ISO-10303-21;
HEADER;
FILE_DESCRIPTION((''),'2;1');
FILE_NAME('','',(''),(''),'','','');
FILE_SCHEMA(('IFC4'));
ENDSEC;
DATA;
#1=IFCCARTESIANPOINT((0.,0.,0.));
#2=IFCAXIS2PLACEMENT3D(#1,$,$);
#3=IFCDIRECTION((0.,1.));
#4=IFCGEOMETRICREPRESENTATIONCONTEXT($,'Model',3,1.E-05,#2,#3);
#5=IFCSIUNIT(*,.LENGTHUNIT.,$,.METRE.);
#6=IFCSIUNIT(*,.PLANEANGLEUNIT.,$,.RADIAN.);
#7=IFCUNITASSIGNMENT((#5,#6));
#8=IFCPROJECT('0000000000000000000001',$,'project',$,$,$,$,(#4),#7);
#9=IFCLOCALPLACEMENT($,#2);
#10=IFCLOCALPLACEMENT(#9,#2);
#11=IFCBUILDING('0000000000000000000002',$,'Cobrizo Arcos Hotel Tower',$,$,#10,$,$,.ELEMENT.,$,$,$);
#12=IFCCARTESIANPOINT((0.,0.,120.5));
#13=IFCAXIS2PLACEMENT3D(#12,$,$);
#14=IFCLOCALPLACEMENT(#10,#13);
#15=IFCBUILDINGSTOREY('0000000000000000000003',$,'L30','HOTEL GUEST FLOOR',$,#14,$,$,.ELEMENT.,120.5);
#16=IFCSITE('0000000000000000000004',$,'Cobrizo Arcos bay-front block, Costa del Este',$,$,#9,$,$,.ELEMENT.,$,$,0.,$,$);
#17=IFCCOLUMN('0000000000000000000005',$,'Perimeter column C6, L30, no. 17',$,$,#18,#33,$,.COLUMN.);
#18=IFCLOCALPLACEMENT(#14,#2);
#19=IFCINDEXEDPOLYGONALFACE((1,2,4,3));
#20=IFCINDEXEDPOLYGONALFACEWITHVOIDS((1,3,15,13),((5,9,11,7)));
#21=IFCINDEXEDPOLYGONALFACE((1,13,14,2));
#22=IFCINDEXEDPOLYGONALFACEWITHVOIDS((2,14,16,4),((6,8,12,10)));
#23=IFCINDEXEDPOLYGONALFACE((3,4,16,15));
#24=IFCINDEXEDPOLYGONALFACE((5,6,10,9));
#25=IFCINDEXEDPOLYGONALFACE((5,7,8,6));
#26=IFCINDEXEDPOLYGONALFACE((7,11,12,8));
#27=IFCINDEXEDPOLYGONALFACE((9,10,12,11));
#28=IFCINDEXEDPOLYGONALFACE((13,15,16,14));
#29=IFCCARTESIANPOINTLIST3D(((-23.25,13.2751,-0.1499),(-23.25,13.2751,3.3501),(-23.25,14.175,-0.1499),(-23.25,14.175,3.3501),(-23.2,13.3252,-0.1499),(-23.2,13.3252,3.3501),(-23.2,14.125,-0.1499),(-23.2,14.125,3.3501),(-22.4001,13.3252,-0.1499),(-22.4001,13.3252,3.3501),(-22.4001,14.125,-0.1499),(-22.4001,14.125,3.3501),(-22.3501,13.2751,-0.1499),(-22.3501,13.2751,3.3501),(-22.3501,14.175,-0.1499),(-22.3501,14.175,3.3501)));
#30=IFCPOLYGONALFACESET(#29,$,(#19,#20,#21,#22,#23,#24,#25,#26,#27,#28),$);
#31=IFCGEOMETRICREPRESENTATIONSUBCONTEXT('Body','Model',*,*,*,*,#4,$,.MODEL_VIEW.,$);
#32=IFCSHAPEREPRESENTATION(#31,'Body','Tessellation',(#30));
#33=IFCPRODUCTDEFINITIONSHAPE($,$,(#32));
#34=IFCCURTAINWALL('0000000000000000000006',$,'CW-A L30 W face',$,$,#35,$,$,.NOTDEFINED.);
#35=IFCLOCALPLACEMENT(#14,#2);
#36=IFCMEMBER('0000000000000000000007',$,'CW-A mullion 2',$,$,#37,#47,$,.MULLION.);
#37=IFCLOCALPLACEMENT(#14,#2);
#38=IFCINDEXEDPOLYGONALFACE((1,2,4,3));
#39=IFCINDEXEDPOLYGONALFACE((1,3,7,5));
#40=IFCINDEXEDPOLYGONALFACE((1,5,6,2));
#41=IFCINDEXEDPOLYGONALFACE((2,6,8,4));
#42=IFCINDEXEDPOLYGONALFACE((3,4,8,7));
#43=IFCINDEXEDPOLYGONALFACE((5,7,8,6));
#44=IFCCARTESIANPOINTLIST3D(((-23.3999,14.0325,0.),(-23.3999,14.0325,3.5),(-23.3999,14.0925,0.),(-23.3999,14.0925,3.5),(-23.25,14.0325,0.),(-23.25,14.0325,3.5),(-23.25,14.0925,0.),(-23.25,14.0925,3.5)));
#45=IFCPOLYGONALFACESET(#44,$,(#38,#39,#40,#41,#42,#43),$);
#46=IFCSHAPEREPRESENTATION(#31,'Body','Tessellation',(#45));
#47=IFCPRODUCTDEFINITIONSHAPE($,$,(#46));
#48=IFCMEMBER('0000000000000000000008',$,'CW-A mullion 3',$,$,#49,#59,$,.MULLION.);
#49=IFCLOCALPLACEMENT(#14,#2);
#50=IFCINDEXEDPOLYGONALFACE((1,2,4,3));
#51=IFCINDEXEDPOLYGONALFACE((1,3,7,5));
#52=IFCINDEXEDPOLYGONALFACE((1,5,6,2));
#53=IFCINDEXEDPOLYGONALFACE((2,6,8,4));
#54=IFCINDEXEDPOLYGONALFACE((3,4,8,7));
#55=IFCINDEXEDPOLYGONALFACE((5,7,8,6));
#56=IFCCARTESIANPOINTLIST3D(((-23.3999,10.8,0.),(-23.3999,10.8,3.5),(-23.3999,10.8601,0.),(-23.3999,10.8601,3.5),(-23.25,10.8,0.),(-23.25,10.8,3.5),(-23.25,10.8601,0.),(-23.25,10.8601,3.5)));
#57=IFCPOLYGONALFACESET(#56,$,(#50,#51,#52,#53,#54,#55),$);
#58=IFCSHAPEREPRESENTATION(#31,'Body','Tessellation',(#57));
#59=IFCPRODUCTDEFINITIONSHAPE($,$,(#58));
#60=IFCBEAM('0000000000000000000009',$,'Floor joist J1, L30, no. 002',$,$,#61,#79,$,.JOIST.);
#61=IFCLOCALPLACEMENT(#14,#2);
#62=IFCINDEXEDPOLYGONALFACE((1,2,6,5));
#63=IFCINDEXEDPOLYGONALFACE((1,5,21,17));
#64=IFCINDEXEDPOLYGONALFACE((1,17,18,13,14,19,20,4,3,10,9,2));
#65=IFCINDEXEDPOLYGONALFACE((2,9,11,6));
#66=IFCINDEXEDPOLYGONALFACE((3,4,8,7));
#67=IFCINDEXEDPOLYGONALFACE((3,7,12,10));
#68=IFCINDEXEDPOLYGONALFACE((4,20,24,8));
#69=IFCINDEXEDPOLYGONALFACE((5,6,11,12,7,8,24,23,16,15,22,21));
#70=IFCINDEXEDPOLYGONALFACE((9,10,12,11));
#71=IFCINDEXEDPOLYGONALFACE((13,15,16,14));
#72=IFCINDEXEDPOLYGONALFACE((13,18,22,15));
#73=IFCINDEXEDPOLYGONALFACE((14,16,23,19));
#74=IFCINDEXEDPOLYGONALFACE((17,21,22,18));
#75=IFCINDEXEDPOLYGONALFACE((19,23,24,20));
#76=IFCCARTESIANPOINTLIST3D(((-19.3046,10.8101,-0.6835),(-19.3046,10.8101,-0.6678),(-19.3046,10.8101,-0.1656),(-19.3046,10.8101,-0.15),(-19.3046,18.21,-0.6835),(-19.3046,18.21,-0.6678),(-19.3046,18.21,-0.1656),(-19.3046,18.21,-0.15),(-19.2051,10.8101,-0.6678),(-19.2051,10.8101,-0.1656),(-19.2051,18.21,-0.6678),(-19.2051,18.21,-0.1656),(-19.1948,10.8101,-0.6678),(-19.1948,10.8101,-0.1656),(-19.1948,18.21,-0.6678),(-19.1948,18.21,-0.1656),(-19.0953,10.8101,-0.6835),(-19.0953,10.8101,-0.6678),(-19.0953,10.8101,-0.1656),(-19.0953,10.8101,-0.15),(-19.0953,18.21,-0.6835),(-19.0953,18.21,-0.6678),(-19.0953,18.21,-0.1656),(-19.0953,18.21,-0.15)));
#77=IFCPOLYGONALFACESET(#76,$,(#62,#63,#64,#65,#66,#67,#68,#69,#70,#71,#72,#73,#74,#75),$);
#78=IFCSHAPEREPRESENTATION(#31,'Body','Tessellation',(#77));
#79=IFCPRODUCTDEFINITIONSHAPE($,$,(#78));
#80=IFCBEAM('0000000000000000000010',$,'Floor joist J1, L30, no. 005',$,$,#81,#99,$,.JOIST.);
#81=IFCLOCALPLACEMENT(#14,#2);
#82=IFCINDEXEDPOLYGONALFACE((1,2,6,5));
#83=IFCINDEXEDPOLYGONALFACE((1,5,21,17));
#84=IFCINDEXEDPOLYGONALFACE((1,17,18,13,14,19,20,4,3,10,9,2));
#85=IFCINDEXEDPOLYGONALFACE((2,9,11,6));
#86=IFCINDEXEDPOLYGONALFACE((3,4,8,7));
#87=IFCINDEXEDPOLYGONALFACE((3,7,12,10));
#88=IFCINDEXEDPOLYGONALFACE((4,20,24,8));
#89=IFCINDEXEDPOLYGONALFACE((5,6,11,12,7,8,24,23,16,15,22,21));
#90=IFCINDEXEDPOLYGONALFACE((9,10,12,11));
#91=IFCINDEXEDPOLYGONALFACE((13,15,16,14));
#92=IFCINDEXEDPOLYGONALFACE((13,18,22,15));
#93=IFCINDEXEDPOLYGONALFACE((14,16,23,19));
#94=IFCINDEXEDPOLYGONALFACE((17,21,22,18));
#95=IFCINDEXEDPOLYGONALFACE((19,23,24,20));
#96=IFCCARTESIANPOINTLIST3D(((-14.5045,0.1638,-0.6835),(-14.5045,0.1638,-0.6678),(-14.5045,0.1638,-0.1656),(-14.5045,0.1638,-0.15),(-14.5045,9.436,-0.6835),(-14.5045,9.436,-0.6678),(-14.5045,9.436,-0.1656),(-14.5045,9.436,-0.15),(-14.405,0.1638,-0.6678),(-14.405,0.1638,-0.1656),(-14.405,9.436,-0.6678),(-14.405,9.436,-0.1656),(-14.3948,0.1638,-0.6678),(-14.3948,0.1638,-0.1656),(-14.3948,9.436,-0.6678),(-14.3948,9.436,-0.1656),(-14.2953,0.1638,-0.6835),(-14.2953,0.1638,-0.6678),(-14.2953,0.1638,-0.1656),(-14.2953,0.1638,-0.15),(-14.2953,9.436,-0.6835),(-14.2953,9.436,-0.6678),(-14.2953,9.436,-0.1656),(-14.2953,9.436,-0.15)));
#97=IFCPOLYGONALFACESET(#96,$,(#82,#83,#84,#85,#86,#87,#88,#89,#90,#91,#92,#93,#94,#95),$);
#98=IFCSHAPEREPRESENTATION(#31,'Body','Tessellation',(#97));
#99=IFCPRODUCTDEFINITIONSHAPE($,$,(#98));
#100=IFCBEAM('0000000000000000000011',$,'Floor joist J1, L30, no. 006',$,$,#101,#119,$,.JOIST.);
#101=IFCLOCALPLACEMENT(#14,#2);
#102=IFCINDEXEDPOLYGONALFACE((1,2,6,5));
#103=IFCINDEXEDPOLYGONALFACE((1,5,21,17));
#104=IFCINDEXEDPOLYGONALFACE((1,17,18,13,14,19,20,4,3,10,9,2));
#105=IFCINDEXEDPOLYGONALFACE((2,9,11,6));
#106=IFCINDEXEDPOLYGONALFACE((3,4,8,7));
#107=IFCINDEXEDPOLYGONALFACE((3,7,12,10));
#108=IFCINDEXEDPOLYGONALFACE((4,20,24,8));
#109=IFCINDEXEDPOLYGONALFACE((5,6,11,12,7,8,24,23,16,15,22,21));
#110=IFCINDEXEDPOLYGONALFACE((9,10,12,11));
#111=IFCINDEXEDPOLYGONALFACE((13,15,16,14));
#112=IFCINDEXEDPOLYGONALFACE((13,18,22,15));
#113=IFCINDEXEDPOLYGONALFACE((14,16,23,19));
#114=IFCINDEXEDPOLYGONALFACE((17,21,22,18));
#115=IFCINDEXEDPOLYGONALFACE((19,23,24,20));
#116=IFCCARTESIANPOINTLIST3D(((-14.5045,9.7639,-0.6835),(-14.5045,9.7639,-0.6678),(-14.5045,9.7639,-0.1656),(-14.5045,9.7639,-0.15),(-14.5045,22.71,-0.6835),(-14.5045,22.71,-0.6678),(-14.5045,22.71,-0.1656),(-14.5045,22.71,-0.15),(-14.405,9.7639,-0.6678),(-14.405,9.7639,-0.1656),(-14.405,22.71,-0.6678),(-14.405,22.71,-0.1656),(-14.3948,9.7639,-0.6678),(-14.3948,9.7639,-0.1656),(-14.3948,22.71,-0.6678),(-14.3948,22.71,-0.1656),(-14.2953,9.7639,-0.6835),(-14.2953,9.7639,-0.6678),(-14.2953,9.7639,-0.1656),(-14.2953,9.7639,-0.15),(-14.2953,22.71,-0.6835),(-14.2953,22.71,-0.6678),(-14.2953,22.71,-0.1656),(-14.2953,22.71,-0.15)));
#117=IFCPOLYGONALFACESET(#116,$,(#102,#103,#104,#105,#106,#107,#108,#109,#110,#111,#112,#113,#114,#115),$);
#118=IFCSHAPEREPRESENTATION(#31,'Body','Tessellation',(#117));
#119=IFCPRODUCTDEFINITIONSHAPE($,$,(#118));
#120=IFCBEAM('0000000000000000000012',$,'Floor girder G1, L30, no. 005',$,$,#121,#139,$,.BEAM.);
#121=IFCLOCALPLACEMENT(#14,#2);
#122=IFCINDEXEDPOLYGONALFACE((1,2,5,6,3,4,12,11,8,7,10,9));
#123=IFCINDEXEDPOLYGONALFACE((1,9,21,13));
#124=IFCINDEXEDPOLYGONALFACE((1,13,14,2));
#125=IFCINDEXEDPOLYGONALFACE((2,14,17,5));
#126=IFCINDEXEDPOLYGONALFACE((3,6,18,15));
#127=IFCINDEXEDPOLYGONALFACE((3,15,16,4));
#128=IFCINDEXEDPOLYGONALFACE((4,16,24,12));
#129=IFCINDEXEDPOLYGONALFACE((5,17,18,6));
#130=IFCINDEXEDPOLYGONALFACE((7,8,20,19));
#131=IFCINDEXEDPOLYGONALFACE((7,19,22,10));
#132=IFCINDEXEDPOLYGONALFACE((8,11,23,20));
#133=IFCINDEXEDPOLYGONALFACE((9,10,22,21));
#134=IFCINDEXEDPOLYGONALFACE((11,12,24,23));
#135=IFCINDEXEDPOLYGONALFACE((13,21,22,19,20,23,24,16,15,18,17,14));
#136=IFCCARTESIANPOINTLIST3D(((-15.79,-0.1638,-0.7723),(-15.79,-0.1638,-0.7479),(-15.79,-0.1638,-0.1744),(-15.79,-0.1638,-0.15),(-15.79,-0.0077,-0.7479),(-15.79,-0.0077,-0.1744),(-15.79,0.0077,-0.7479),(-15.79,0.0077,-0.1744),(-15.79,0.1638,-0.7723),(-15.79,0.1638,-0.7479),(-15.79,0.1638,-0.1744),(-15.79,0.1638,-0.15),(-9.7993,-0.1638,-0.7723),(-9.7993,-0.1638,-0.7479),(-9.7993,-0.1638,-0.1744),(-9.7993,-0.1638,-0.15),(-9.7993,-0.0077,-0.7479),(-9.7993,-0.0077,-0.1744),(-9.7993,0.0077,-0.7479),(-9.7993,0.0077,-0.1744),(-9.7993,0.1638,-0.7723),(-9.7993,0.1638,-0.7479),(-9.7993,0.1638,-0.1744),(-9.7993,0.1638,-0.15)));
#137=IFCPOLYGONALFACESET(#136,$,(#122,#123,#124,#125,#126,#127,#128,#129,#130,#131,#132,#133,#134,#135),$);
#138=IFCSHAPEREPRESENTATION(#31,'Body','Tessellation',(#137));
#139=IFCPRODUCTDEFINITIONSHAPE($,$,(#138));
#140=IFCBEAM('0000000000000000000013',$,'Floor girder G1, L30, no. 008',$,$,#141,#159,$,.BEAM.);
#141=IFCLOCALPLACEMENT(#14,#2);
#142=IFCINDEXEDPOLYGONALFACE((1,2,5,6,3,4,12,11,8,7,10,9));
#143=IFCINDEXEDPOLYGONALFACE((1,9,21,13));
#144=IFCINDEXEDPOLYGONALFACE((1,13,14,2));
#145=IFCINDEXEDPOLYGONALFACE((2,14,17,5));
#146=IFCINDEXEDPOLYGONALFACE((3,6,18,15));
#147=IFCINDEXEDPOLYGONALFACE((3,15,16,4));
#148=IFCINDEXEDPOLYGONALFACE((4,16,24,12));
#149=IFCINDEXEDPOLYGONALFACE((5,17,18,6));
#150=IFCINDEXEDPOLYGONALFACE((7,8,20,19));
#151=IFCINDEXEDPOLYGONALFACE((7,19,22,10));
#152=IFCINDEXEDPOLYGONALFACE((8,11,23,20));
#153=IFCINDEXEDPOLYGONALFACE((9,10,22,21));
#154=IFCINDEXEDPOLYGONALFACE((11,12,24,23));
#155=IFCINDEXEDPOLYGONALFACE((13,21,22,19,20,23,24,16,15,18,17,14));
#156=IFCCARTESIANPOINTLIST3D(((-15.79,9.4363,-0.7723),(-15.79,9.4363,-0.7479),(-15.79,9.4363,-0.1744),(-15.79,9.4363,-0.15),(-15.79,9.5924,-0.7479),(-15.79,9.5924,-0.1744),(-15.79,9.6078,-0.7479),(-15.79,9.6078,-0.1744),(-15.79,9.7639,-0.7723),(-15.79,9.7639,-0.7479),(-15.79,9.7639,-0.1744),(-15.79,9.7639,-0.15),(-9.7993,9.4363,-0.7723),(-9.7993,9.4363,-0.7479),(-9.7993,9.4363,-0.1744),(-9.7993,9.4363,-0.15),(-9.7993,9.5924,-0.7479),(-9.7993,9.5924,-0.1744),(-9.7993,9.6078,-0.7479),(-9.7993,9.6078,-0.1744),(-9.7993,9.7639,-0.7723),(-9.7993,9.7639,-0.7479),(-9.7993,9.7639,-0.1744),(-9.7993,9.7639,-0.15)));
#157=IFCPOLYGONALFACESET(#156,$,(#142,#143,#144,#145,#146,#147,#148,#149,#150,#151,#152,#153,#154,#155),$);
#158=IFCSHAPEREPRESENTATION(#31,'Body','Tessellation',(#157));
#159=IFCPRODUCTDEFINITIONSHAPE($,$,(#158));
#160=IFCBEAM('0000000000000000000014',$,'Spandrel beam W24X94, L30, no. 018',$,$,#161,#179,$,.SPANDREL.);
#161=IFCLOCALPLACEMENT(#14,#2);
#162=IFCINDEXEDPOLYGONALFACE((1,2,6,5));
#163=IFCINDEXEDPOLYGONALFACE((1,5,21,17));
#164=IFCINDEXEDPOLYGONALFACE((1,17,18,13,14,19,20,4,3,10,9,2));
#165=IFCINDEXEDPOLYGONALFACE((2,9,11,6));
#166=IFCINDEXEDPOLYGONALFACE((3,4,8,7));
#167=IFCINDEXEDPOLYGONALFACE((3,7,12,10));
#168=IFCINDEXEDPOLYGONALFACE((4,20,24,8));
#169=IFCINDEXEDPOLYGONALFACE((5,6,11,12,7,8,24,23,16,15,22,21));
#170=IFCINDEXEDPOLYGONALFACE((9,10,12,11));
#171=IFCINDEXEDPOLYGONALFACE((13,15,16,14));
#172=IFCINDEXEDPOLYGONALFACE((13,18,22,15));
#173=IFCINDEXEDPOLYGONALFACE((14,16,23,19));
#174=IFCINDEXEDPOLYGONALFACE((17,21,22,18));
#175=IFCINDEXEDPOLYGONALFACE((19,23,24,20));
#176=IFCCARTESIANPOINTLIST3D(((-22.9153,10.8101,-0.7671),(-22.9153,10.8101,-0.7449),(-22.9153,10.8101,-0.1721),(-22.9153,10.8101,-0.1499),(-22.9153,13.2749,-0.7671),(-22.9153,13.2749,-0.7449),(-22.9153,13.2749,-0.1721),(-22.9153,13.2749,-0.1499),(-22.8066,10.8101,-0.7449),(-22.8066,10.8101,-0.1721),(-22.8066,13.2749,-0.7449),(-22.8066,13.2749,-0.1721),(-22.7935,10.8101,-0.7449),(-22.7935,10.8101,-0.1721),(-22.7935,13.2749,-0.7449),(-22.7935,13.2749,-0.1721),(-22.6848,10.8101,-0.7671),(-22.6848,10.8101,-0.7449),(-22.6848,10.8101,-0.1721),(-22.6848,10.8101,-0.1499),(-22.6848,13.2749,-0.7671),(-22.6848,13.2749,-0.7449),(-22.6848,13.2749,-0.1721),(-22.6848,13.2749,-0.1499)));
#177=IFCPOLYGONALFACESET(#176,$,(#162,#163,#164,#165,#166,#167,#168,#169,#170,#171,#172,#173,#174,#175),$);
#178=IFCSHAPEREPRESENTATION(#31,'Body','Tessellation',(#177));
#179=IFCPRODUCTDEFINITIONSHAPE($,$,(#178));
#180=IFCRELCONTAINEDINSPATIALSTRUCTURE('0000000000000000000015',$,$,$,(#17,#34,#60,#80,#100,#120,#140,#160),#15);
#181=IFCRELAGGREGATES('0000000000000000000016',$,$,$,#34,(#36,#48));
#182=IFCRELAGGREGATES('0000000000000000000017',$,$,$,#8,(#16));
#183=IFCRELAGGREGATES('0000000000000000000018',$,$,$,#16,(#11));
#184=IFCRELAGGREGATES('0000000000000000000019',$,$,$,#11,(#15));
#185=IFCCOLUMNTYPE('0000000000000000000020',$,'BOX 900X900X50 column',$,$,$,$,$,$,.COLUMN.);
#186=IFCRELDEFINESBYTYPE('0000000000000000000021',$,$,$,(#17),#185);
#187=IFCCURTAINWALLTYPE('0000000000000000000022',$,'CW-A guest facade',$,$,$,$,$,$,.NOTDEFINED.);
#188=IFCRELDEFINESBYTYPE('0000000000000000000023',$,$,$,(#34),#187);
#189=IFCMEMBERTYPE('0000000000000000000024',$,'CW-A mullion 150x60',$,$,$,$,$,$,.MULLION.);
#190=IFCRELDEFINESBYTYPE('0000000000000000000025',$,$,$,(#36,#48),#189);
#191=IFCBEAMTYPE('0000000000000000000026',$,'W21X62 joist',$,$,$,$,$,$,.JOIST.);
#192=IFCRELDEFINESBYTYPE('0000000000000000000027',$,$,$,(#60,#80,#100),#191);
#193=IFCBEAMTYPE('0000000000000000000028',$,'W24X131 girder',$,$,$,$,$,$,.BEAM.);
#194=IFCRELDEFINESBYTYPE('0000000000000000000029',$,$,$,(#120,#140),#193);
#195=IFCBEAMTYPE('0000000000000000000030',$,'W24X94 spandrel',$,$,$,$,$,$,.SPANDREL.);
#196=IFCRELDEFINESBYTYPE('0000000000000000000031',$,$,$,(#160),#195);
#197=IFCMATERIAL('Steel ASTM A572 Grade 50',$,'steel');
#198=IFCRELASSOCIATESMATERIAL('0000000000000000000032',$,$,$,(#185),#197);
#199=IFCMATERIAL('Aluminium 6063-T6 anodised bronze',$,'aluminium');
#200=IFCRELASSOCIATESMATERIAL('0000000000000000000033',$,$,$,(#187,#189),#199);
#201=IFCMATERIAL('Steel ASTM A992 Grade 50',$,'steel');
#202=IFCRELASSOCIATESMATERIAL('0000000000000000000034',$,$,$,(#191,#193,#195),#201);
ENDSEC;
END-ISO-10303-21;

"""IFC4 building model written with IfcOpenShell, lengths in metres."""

from ifc_helpers import new_model, si_unit, direction, frame, origin, origin_2d, place, context, subcontext, project, spatial, rectangle, hollow_rectangle, i_section, extrude, material, material_profile, profile_set, type_object, element, aggregate, save


model = new_model("IFC4")

# Units and contexts
model_context = context("Model", 3, precision=1e-05, world=origin(), true_north=direction((0.0, 1.0)))
body_context = subcontext(model_context, "Body", "Model", "MODEL_VIEW")
ifc_project = project(units=[si_unit("LENGTHUNIT", "METRE"), si_unit("PLANEANGLEUNIT", "RADIAN")], contexts=[model_context])

# Site, building, storey
site_placement = place(None, origin())
site = spatial("IfcSite", under=ifc_project, at=site_placement, Name="Cobrizo Arcos bay-front block, Costa del Este", CompositionType="ELEMENT", RefElevation=0.0)
building_placement = place(site_placement, origin())
building = spatial("IfcBuilding", under=site, at=building_placement, Name="Cobrizo Arcos Hotel Tower", CompositionType="ELEMENT")
storey_placement = place(building_placement, frame((0.0, 0.0, 120.5)))
storey = spatial("IfcBuildingStorey", under=building, at=storey_placement, Name="L30", Description="HOTEL GUEST FLOOR", CompositionType="ELEMENT", Elevation=120.5)

# Column
ifc_material_1 = material(Name="Steel ASTM A572 Grade 50", Category="steel")
ifc_material_profile_1 = material_profile(ifc_material_1, hollow_rectangle(XDim=0.8999, YDim=0.8999, WallThickness=0.05, at=origin_2d()), Name="BOX 900X900X50")
ifc_profile_set_1 = profile_set([ifc_material_profile_1], Name="Steel ASTM A572 Grade 50")
column_type = type_object("IfcColumnType", Name="BOX 900X900X50 column", PredefinedType="COLUMN", material=ifc_profile_set_1)
column_placement = place(storey_placement, frame((-22.8, 13.7251, -0.1499), z_axis=(0.0, 0.0, 1.0), x_axis=(1.0, 0.0, 0.0)))
element("IfcColumn", 1, at=column_placement, inside=storey, type_object=column_type, Name="Perimeter column C6, L30, no. 17", PredefinedType="COLUMN", context=body_context, shape_type="SweptSolid", body=[
    extrude(hollow_rectangle(XDim=0.8999, YDim=0.8999, WallThickness=0.05, at=origin_2d()), origin(), (0.0, 0.0, 1.0), 3.5),
])

# Curtain wall, members
ifc_material_2 = material(Name="Aluminium 6063-T6 anodised bronze", Category="aluminium")
curtain_wall_type = type_object("IfcCurtainWallType", Name="CW-A guest facade", PredefinedType="NOTDEFINED", material=ifc_material_2)
curtain_wall_placement = place(storey_placement, origin())
curtain_wall = element("IfcCurtainWall", 2, at=curtain_wall_placement, inside=storey, type_object=curtain_wall_type, Name="CW-A L30 W face", PredefinedType="NOTDEFINED")
ifc_material_profile_2 = material_profile(ifc_material_2, rectangle(XDim=0.1499, YDim=0.0601, at=origin_2d()), Name="CW-A mullion 150x60")
ifc_profile_set_2 = profile_set([ifc_material_profile_2], Name="Aluminium 6063-T6 anodised bronze")
member_type = type_object("IfcMemberType", Name="CW-A mullion 150x60", PredefinedType="MULLION", material=ifc_profile_set_2)
member_1_placement = place(storey_placement, frame((-23.325, 14.0625, 0.0), z_axis=(0.0, 0.0, 1.0), x_axis=(-1.0, 0.0, 0.0)))
member_1 = element("IfcMember", 3, at=member_1_placement, type_object=member_type, Name="CW-A mullion 2", PredefinedType="MULLION", context=body_context, shape_type="SweptSolid", body=[
    extrude(rectangle(XDim=0.1499, YDim=0.0601, at=origin_2d()), origin(), (0.0, 0.0, 1.0), 3.5),
])
member_2_placement = place(storey_placement, frame((-23.325, 10.8301, 0.0), z_axis=(0.0, 0.0, 1.0), x_axis=(-1.0, 0.0, 0.0)))
member_2 = element("IfcMember", 4, at=member_2_placement, type_object=member_type, Name="CW-A mullion 3", PredefinedType="MULLION", context=body_context, shape_type="SweptSolid", body=[
    extrude(rectangle(XDim=0.1499, YDim=0.0601, at=origin_2d()), origin(), (0.0, 0.0, 1.0), 3.5),
])

# Beams
ifc_material_3 = material(Name="Steel ASTM A992 Grade 50", Category="steel")
ifc_material_profile_3 = material_profile(ifc_material_3, i_section(OverallWidth=0.2092, OverallDepth=0.5334, WebThickness=0.0103, FlangeThickness=0.0156, at=origin_2d()), Name="W21X62")
ifc_profile_set_3 = profile_set([ifc_material_profile_3], Name="Steel ASTM A992 Grade 50")
beam_type_1 = type_object("IfcBeamType", Name="W21X62 joist", PredefinedType="JOIST", material=ifc_profile_set_3)
beam_1_placement = place(storey_placement, frame((-19.2, 10.8101, -0.4167), z_axis=(0.0, 1.0, 0.0), x_axis=(-1.0, 0.0, 0.0)))
element("IfcBeam", 5, at=beam_1_placement, inside=storey, type_object=beam_type_1, Name="Floor joist J1, L30, no. 002", PredefinedType="JOIST", context=body_context, shape_type="SweptSolid", body=[
    extrude(i_section(OverallWidth=0.2092, OverallDepth=0.5334, WebThickness=0.0103, FlangeThickness=0.0156, at=origin_2d()), origin(), (0.0, 0.0, 1.0), 7.3999),
])
beam_2_placement = place(storey_placement, frame((-14.3999, 0.1638, -0.4167), z_axis=(0.0, 1.0, 0.0), x_axis=(-1.0, 0.0, 0.0)))
element("IfcBeam", 6, at=beam_2_placement, inside=storey, type_object=beam_type_1, Name="Floor joist J1, L30, no. 005", PredefinedType="JOIST", context=body_context, shape_type="SweptSolid", body=[
    extrude(i_section(OverallWidth=0.2092, OverallDepth=0.5334, WebThickness=0.0103, FlangeThickness=0.0156, at=origin_2d()), origin(), (0.0, 0.0, 1.0), 9.2722),
])
beam_3_placement = place(storey_placement, frame((-14.3999, 9.7639, -0.4167), z_axis=(0.0, 1.0, 0.0), x_axis=(-1.0, 0.0, 0.0)))
element("IfcBeam", 7, at=beam_3_placement, inside=storey, type_object=beam_type_1, Name="Floor joist J1, L30, no. 006", PredefinedType="JOIST", context=body_context, shape_type="SweptSolid", body=[
    extrude(i_section(OverallWidth=0.2092, OverallDepth=0.5334, WebThickness=0.0103, FlangeThickness=0.0156, at=origin_2d()), origin(), (0.0, 0.0, 1.0), 12.946),
])
ifc_material_profile_4 = material_profile(ifc_material_3, i_section(OverallWidth=0.3276, OverallDepth=0.6223, WebThickness=0.0154, FlangeThickness=0.0244, at=origin_2d()), Name="W24X131")
ifc_profile_set_4 = profile_set([ifc_material_profile_4], Name="Steel ASTM A992 Grade 50")
beam_type_2 = type_object("IfcBeamType", Name="W24X131 girder", PredefinedType="BEAM", material=ifc_profile_set_4)
for number, where, z_axis, x_axis, name in (
    (8, (-15.79, 0.0, -0.4612), (1.0, 0.0, 0.0), (0.0, 1.0, 0.0), "Floor girder G1, L30, no. 005"),
    (9, (-15.79, 9.6001, -0.4612), (1.0, 0.0, 0.0), (0.0, 1.0, 0.0), "Floor girder G1, L30, no. 008"),
):
    element("IfcBeam", number, at=place(storey_placement, frame(where, z_axis=z_axis, x_axis=x_axis)), inside=storey, type_object=beam_type_2, Name=name, PredefinedType="BEAM", context=body_context, shape_type="SweptSolid", body=[
        extrude(i_section(OverallWidth=0.3276, OverallDepth=0.6223, WebThickness=0.0154, FlangeThickness=0.0244, at=origin_2d()), origin(), (0.0, 0.0, 1.0), 5.9907),
    ])
ifc_material_profile_5 = material_profile(ifc_material_3, i_section(OverallWidth=0.2305, OverallDepth=0.6172, WebThickness=0.0132, FlangeThickness=0.0222, at=origin_2d()), Name="W24X94")
ifc_profile_set_5 = profile_set([ifc_material_profile_5], Name="Steel ASTM A992 Grade 50")
beam_type_3 = type_object("IfcBeamType", Name="W24X94 spandrel", PredefinedType="SPANDREL", material=ifc_profile_set_5)
beam_4_placement = place(storey_placement, frame((-22.8, 10.8101, -0.4585), z_axis=(0.0, 1.0, 0.0), x_axis=(-1.0, 0.0, 0.0)))
element("IfcBeam", 10, at=beam_4_placement, inside=storey, type_object=beam_type_3, Name="Spandrel beam W24X94, L30, no. 018", PredefinedType="SPANDREL", context=body_context, shape_type="SweptSolid", body=[
    extrude(i_section(OverallWidth=0.2305, OverallDepth=0.6172, WebThickness=0.0132, FlangeThickness=0.0222, at=origin_2d()), origin(), (0.0, 0.0, 1.0), 2.4648),
])

aggregate(curtain_wall, [member_1, member_2])

save(model, "model.ifc")
